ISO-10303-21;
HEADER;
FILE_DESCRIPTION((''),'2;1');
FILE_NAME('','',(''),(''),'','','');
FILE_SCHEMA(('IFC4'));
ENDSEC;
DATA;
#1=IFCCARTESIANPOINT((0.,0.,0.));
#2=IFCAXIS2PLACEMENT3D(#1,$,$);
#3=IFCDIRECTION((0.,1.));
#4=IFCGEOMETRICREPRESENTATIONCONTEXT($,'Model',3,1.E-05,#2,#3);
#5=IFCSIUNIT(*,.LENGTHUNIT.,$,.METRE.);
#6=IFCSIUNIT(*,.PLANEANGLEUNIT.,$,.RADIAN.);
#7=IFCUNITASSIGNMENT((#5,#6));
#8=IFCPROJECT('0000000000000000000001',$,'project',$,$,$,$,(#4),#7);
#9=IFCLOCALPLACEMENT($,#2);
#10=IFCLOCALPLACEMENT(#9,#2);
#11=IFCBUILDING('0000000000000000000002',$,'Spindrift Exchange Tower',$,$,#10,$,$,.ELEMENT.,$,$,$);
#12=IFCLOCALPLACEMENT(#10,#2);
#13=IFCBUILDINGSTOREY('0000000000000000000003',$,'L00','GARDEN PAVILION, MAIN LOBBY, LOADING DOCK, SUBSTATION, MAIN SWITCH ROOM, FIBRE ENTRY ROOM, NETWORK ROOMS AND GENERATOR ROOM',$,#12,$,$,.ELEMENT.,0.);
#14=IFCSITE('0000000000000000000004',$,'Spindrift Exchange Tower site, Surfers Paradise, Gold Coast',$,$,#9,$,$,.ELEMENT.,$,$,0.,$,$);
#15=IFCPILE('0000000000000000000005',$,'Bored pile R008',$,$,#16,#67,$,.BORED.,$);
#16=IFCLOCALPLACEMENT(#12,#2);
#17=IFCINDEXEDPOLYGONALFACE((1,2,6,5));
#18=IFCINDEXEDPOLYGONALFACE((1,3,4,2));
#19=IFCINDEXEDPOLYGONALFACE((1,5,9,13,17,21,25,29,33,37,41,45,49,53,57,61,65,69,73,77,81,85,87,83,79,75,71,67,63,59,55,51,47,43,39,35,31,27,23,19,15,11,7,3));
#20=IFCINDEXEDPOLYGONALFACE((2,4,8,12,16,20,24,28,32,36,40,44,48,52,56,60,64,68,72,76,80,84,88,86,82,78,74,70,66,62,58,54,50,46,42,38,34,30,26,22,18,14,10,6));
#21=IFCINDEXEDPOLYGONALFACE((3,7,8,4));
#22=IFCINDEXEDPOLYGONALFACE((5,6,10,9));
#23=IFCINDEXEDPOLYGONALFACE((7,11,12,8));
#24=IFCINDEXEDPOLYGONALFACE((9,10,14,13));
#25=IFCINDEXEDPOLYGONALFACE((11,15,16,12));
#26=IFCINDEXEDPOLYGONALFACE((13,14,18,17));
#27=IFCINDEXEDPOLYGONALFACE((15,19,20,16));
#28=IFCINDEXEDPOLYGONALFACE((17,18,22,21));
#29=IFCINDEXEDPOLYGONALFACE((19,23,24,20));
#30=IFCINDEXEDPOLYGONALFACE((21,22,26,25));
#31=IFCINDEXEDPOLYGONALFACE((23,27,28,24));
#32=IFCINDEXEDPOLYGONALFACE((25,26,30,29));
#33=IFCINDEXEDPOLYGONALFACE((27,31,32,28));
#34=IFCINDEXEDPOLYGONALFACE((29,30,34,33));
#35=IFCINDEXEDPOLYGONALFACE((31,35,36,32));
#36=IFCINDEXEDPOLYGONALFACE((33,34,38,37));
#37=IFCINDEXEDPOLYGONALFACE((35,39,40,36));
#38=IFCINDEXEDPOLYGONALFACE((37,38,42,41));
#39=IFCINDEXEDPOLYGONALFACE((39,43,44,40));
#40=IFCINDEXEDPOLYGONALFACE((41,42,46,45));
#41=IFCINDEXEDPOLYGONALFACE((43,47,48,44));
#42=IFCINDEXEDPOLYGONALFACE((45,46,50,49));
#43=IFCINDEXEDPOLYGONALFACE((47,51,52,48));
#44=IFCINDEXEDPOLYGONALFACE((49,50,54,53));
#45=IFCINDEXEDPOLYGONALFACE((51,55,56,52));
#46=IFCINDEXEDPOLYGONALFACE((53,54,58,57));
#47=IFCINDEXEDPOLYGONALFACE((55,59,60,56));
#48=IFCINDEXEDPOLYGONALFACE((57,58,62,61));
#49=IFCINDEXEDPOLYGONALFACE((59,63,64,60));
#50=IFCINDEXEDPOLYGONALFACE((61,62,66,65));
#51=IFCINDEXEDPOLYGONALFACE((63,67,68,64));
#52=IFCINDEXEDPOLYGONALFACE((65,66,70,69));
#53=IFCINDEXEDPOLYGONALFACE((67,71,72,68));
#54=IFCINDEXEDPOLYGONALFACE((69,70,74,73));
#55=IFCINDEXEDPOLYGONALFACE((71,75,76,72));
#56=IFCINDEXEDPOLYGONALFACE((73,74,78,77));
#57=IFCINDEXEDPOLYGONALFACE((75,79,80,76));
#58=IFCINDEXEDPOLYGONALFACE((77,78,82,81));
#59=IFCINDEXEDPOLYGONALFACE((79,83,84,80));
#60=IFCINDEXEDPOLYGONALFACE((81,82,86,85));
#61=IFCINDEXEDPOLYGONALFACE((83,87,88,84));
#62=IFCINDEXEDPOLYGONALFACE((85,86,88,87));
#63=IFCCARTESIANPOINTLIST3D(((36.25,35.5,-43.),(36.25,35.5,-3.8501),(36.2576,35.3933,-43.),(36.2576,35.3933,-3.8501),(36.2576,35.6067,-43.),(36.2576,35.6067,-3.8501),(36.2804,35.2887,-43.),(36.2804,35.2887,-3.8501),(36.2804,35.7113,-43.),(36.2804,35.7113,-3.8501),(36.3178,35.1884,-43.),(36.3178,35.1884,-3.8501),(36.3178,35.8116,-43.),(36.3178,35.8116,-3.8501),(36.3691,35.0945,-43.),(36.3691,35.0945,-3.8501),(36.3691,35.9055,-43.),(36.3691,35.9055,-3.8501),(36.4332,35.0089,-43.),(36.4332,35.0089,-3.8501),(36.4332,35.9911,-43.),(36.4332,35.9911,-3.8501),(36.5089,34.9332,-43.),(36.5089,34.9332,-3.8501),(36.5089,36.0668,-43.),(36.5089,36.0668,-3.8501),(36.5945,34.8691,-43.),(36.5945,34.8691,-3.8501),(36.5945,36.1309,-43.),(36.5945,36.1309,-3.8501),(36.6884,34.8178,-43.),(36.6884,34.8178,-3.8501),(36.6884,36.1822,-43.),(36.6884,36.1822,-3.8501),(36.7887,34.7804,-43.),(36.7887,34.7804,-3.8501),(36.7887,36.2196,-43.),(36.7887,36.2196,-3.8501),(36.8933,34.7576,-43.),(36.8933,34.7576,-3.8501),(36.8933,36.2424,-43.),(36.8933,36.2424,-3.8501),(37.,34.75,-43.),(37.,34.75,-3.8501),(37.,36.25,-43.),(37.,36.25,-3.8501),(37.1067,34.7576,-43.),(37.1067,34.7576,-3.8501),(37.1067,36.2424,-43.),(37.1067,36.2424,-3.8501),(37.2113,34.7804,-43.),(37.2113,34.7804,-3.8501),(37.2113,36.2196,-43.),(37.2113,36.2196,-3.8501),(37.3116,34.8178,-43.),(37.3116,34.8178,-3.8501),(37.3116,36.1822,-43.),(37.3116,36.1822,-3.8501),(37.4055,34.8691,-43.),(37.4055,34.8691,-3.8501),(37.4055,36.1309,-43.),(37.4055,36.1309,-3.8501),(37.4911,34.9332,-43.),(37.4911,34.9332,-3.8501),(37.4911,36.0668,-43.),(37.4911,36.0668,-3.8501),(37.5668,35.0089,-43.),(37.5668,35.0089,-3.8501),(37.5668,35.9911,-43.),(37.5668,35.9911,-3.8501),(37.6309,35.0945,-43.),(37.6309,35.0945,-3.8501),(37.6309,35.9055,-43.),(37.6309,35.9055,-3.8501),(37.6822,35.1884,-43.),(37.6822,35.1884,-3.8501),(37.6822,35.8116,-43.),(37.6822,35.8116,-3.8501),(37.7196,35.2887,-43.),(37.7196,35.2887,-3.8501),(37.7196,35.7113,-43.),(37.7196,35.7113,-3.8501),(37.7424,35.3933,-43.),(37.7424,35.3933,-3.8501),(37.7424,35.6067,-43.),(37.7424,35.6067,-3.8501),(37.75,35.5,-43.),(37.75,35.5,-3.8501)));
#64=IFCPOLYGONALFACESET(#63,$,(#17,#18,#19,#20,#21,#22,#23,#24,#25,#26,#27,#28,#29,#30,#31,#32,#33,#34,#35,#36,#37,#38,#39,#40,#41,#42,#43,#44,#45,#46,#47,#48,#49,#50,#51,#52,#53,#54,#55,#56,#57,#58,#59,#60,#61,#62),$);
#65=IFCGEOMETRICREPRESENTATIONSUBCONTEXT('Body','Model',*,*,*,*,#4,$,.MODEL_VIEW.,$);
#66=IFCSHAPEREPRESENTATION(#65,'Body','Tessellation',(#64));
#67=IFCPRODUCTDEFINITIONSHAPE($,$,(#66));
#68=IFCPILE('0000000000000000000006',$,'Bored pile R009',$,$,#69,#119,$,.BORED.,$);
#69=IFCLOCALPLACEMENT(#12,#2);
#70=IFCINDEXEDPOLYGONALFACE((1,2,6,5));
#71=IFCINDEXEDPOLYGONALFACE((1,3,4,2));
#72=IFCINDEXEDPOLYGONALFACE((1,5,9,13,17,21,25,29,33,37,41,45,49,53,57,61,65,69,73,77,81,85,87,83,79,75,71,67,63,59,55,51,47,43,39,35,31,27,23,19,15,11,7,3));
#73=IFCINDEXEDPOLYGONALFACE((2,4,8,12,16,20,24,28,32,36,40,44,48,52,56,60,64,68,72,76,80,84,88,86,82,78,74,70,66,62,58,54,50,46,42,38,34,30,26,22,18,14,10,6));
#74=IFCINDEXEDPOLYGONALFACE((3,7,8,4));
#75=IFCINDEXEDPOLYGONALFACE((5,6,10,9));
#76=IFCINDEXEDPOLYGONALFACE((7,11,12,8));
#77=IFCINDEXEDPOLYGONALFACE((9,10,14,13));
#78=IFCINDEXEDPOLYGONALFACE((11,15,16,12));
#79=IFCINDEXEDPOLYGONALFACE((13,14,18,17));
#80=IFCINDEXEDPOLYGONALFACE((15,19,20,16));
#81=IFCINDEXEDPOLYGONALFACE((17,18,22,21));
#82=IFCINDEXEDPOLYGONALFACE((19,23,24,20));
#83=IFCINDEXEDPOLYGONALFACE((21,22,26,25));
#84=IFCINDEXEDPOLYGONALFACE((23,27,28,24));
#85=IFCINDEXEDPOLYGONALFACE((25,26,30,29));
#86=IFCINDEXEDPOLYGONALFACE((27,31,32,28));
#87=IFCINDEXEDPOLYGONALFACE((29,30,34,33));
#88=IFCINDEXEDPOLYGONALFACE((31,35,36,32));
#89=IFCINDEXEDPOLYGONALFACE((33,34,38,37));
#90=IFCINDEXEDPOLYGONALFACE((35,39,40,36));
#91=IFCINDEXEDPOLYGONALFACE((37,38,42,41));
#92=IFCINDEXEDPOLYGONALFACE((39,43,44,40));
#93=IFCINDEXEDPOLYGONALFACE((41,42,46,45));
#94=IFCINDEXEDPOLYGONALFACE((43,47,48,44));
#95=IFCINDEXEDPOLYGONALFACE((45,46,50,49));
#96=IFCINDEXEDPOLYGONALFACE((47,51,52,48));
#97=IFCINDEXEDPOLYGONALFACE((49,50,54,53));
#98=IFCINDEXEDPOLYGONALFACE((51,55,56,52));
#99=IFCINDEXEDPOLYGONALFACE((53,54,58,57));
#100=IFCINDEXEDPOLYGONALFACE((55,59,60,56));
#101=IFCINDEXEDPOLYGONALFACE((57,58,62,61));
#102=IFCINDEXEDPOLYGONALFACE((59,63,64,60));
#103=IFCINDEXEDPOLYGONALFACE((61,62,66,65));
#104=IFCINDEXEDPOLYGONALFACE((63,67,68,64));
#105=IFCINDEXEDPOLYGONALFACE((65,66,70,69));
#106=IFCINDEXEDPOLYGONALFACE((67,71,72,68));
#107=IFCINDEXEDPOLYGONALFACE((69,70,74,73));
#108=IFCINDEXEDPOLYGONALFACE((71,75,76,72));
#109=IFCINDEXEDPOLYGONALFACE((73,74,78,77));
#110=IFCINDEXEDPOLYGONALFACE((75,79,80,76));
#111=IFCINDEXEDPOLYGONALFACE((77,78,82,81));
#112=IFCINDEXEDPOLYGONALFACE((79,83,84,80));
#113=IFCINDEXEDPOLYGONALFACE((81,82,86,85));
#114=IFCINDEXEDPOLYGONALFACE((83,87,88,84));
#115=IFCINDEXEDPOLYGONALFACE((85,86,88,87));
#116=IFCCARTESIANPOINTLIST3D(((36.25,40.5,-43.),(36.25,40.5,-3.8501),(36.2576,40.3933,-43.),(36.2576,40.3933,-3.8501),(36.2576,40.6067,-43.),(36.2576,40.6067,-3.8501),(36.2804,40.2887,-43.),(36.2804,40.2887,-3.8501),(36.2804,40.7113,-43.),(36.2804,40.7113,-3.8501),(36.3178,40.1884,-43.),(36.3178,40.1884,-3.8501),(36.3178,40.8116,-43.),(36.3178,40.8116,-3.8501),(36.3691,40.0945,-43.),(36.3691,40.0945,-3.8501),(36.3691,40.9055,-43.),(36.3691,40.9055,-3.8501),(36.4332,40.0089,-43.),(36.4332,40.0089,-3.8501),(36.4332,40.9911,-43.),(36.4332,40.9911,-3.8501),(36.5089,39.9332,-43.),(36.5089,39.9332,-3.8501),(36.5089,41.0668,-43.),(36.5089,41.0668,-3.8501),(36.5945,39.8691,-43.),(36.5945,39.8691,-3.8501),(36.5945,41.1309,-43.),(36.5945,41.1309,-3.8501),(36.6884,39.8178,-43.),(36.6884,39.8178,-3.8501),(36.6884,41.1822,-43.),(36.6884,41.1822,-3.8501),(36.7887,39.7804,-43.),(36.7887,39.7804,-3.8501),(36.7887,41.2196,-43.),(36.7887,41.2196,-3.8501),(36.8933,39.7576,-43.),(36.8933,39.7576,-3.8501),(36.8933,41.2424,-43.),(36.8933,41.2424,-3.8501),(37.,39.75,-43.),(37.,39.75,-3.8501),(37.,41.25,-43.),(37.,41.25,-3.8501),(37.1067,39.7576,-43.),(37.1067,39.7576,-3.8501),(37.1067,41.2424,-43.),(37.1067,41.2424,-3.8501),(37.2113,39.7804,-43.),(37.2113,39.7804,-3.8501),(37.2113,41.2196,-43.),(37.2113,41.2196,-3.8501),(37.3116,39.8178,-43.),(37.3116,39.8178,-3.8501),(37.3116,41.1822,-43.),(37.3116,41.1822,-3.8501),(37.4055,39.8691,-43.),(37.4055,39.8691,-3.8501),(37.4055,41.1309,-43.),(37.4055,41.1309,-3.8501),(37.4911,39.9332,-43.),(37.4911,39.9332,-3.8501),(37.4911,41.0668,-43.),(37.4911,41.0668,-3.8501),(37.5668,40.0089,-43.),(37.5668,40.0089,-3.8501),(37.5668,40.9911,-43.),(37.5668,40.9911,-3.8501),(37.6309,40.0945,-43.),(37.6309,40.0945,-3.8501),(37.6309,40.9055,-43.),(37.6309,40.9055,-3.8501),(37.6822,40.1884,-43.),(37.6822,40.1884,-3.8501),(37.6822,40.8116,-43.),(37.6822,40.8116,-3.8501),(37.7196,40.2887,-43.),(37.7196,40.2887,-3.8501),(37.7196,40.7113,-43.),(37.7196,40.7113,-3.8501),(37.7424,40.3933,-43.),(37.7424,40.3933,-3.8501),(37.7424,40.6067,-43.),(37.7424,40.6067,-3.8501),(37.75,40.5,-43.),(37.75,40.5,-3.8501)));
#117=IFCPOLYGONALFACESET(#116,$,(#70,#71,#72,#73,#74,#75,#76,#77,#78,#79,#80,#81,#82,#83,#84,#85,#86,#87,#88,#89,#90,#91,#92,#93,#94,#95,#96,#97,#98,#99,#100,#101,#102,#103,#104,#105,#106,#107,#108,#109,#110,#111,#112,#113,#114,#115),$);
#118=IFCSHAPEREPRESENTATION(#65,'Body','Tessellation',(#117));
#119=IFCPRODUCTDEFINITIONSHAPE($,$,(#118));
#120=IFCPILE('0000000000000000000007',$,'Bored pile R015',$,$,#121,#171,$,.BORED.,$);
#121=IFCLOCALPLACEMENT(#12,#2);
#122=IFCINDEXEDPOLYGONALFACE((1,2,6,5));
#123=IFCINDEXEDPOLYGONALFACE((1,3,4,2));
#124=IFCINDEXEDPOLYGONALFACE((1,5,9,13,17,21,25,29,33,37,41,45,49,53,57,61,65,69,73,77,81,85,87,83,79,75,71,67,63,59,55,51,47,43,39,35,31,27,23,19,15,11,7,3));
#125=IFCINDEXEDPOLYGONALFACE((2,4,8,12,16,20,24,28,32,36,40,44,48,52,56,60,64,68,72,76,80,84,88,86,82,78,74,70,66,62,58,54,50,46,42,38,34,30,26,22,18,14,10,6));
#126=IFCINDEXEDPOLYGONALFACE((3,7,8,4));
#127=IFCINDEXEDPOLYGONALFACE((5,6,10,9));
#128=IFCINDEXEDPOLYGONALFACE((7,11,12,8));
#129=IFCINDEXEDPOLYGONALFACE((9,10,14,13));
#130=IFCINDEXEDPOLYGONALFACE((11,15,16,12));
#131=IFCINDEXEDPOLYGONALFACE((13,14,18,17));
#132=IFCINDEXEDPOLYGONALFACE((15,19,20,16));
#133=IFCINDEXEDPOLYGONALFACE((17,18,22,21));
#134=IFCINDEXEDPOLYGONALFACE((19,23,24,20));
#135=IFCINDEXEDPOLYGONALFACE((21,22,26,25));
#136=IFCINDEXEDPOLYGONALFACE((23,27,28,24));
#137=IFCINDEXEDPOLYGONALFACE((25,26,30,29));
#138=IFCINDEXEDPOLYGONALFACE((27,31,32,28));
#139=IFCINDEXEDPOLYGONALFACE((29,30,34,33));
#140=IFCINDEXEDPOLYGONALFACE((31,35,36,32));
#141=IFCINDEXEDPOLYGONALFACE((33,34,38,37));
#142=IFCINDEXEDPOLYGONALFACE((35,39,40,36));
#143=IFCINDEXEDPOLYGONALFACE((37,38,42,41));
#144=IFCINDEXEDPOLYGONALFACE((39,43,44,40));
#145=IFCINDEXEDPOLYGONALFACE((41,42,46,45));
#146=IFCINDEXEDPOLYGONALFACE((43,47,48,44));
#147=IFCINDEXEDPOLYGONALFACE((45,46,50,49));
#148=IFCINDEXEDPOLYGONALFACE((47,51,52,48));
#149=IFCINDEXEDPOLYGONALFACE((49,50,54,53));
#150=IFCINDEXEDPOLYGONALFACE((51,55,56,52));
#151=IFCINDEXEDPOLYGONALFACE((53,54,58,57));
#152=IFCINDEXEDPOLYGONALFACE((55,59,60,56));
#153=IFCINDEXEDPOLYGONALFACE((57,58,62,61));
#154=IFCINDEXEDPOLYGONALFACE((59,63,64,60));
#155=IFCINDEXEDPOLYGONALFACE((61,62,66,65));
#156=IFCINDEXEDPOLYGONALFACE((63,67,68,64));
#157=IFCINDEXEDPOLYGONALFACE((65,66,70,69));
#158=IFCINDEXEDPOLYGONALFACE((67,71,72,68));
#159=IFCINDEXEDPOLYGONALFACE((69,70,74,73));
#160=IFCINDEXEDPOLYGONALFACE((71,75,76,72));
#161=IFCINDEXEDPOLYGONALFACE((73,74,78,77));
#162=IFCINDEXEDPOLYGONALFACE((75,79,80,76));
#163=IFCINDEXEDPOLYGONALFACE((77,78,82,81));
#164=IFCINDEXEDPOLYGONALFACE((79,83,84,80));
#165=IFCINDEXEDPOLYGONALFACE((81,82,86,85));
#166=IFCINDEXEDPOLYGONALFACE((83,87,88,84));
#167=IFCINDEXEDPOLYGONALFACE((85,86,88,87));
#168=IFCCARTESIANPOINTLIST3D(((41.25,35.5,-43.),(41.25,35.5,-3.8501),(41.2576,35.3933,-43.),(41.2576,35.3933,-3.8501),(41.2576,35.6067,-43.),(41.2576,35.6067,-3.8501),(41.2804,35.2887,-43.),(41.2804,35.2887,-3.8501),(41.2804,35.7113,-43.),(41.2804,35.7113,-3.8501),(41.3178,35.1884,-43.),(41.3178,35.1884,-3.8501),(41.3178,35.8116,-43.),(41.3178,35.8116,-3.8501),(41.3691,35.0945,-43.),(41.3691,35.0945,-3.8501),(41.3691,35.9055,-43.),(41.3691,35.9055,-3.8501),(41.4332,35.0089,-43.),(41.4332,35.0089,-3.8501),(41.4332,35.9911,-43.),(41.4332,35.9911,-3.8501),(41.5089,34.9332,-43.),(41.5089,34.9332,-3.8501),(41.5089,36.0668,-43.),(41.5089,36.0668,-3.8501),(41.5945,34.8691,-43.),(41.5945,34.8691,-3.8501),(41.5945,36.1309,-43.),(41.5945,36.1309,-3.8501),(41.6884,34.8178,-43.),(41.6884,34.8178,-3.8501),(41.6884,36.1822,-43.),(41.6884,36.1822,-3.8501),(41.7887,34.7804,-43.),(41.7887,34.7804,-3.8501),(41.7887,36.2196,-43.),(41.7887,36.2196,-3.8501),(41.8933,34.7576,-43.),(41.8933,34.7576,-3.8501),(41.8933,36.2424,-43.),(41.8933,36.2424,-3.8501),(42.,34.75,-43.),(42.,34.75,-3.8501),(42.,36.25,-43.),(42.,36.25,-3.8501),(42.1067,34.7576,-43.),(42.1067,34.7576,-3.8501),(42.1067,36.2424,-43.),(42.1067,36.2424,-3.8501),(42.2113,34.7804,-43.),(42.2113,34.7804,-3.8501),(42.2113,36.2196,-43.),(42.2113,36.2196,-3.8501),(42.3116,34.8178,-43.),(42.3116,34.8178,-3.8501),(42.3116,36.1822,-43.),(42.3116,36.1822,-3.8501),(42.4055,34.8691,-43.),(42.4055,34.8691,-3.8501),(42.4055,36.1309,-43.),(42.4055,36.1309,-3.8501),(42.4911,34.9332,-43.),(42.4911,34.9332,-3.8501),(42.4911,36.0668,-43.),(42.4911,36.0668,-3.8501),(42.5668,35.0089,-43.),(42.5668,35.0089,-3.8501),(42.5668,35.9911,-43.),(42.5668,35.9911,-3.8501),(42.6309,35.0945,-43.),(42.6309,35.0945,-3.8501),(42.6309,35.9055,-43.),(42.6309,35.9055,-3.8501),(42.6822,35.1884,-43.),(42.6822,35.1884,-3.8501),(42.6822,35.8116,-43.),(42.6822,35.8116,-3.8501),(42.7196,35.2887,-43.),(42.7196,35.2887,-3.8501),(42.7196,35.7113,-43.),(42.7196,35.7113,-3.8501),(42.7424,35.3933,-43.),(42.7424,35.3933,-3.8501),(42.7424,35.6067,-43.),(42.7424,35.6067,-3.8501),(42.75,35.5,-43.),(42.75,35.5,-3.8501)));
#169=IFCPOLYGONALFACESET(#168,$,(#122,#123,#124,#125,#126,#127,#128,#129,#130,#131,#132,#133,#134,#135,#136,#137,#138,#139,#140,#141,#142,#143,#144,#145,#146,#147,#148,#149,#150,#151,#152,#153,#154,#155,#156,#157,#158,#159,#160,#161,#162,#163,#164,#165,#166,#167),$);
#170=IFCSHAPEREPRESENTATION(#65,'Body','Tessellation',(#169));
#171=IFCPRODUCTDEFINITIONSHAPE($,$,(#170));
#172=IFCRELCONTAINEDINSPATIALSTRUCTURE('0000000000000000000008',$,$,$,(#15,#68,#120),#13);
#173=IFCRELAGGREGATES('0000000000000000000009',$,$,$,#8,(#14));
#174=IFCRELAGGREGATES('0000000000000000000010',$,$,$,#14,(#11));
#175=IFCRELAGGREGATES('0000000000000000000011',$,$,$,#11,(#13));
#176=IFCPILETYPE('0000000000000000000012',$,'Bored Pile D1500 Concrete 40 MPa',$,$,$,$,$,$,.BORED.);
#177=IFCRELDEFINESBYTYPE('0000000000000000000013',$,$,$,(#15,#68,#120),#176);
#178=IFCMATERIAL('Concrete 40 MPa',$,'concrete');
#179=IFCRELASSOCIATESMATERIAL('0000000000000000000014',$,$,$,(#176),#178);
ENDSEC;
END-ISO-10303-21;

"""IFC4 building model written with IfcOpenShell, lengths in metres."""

from ifc_helpers import new_model, si_unit, direction, frame, origin, origin_2d, place, context, subcontext, project, spatial, circle, extrude, source, transform, mapped, material, material_profile, profile_set, type_object, element, save


model = new_model("IFC4")

# Units and contexts
model_context = context("Model", 3, precision=1e-05, world=origin(), true_north=direction((0.0, 1.0)))
body_context = subcontext(model_context, "Body", "Model", "MODEL_VIEW")
ifc_project = project(units=[si_unit("LENGTHUNIT", "METRE"), si_unit("PLANEANGLEUNIT", "RADIAN")], contexts=[model_context])

# Site, building, storey
site_placement = place(None, origin())
site = spatial("IfcSite", under=ifc_project, at=site_placement, Name="Spindrift Exchange Tower site, Surfers Paradise, Gold Coast", CompositionType="ELEMENT", RefElevation=0.0)
building_placement = place(site_placement, origin())
building = spatial("IfcBuilding", under=site, at=building_placement, Name="Spindrift Exchange Tower", CompositionType="ELEMENT")
storey_placement = place(building_placement, origin())
storey = spatial("IfcBuildingStorey", under=building, at=storey_placement, Name="L00", Description="GARDEN PAVILION, MAIN LOBBY, LOADING DOCK, SUBSTATION, MAIN SWITCH ROOM, FIBRE ENTRY ROOM, NETWORK ROOMS AND GENERATOR ROOM", CompositionType="ELEMENT", Elevation=0.0)

# Piles
ifc_material_1 = material(Name="Concrete 40 MPa", Category="concrete")
ifc_material_profile_1 = material_profile(ifc_material_1, circle(Radius=0.75, at=origin_2d()), Name="BP D1500")
ifc_profile_set_1 = profile_set([ifc_material_profile_1], Name="Concrete 40 MPa")
pile_type = type_object("IfcPileType", Name="Bored Pile D1500 Concrete 40 MPa", PredefinedType="BORED", material=ifc_profile_set_1)
shared_shape_1 = source(origin(), body_context, "Body", "SweptSolid", [
    extrude(circle(Radius=0.75, at=origin_2d()), origin(), (0.0, 0.0, 1.0), 39.1499),
])
for number, where, z_axis, x_axis, name in (
    (1, (37.0, 35.5, -3.8501), (0.0, 0.0, -1.0), (1.0, 0.0, 0.0), "Bored pile R008"),
    (2, (37.0, 40.5, -3.8501), (0.0, 0.0, -1.0), (1.0, 0.0, 0.0), "Bored pile R009"),
    (3, (42.0, 35.5, -3.8501), (0.0, 0.0, -1.0), (1.0, 0.0, 0.0), "Bored pile R015"),
):
    element("IfcPile", number, at=place(storey_placement, frame(where, z_axis=z_axis, x_axis=x_axis)), inside=storey, type_object=pile_type, Name=name, PredefinedType="BORED", context=body_context, shape_type="MappedRepresentation", body=[
        mapped(shared_shape_1, transform((0.0, 0.0, 0.0), scale=1.0)),
    ])

save(model, "model.ifc")
